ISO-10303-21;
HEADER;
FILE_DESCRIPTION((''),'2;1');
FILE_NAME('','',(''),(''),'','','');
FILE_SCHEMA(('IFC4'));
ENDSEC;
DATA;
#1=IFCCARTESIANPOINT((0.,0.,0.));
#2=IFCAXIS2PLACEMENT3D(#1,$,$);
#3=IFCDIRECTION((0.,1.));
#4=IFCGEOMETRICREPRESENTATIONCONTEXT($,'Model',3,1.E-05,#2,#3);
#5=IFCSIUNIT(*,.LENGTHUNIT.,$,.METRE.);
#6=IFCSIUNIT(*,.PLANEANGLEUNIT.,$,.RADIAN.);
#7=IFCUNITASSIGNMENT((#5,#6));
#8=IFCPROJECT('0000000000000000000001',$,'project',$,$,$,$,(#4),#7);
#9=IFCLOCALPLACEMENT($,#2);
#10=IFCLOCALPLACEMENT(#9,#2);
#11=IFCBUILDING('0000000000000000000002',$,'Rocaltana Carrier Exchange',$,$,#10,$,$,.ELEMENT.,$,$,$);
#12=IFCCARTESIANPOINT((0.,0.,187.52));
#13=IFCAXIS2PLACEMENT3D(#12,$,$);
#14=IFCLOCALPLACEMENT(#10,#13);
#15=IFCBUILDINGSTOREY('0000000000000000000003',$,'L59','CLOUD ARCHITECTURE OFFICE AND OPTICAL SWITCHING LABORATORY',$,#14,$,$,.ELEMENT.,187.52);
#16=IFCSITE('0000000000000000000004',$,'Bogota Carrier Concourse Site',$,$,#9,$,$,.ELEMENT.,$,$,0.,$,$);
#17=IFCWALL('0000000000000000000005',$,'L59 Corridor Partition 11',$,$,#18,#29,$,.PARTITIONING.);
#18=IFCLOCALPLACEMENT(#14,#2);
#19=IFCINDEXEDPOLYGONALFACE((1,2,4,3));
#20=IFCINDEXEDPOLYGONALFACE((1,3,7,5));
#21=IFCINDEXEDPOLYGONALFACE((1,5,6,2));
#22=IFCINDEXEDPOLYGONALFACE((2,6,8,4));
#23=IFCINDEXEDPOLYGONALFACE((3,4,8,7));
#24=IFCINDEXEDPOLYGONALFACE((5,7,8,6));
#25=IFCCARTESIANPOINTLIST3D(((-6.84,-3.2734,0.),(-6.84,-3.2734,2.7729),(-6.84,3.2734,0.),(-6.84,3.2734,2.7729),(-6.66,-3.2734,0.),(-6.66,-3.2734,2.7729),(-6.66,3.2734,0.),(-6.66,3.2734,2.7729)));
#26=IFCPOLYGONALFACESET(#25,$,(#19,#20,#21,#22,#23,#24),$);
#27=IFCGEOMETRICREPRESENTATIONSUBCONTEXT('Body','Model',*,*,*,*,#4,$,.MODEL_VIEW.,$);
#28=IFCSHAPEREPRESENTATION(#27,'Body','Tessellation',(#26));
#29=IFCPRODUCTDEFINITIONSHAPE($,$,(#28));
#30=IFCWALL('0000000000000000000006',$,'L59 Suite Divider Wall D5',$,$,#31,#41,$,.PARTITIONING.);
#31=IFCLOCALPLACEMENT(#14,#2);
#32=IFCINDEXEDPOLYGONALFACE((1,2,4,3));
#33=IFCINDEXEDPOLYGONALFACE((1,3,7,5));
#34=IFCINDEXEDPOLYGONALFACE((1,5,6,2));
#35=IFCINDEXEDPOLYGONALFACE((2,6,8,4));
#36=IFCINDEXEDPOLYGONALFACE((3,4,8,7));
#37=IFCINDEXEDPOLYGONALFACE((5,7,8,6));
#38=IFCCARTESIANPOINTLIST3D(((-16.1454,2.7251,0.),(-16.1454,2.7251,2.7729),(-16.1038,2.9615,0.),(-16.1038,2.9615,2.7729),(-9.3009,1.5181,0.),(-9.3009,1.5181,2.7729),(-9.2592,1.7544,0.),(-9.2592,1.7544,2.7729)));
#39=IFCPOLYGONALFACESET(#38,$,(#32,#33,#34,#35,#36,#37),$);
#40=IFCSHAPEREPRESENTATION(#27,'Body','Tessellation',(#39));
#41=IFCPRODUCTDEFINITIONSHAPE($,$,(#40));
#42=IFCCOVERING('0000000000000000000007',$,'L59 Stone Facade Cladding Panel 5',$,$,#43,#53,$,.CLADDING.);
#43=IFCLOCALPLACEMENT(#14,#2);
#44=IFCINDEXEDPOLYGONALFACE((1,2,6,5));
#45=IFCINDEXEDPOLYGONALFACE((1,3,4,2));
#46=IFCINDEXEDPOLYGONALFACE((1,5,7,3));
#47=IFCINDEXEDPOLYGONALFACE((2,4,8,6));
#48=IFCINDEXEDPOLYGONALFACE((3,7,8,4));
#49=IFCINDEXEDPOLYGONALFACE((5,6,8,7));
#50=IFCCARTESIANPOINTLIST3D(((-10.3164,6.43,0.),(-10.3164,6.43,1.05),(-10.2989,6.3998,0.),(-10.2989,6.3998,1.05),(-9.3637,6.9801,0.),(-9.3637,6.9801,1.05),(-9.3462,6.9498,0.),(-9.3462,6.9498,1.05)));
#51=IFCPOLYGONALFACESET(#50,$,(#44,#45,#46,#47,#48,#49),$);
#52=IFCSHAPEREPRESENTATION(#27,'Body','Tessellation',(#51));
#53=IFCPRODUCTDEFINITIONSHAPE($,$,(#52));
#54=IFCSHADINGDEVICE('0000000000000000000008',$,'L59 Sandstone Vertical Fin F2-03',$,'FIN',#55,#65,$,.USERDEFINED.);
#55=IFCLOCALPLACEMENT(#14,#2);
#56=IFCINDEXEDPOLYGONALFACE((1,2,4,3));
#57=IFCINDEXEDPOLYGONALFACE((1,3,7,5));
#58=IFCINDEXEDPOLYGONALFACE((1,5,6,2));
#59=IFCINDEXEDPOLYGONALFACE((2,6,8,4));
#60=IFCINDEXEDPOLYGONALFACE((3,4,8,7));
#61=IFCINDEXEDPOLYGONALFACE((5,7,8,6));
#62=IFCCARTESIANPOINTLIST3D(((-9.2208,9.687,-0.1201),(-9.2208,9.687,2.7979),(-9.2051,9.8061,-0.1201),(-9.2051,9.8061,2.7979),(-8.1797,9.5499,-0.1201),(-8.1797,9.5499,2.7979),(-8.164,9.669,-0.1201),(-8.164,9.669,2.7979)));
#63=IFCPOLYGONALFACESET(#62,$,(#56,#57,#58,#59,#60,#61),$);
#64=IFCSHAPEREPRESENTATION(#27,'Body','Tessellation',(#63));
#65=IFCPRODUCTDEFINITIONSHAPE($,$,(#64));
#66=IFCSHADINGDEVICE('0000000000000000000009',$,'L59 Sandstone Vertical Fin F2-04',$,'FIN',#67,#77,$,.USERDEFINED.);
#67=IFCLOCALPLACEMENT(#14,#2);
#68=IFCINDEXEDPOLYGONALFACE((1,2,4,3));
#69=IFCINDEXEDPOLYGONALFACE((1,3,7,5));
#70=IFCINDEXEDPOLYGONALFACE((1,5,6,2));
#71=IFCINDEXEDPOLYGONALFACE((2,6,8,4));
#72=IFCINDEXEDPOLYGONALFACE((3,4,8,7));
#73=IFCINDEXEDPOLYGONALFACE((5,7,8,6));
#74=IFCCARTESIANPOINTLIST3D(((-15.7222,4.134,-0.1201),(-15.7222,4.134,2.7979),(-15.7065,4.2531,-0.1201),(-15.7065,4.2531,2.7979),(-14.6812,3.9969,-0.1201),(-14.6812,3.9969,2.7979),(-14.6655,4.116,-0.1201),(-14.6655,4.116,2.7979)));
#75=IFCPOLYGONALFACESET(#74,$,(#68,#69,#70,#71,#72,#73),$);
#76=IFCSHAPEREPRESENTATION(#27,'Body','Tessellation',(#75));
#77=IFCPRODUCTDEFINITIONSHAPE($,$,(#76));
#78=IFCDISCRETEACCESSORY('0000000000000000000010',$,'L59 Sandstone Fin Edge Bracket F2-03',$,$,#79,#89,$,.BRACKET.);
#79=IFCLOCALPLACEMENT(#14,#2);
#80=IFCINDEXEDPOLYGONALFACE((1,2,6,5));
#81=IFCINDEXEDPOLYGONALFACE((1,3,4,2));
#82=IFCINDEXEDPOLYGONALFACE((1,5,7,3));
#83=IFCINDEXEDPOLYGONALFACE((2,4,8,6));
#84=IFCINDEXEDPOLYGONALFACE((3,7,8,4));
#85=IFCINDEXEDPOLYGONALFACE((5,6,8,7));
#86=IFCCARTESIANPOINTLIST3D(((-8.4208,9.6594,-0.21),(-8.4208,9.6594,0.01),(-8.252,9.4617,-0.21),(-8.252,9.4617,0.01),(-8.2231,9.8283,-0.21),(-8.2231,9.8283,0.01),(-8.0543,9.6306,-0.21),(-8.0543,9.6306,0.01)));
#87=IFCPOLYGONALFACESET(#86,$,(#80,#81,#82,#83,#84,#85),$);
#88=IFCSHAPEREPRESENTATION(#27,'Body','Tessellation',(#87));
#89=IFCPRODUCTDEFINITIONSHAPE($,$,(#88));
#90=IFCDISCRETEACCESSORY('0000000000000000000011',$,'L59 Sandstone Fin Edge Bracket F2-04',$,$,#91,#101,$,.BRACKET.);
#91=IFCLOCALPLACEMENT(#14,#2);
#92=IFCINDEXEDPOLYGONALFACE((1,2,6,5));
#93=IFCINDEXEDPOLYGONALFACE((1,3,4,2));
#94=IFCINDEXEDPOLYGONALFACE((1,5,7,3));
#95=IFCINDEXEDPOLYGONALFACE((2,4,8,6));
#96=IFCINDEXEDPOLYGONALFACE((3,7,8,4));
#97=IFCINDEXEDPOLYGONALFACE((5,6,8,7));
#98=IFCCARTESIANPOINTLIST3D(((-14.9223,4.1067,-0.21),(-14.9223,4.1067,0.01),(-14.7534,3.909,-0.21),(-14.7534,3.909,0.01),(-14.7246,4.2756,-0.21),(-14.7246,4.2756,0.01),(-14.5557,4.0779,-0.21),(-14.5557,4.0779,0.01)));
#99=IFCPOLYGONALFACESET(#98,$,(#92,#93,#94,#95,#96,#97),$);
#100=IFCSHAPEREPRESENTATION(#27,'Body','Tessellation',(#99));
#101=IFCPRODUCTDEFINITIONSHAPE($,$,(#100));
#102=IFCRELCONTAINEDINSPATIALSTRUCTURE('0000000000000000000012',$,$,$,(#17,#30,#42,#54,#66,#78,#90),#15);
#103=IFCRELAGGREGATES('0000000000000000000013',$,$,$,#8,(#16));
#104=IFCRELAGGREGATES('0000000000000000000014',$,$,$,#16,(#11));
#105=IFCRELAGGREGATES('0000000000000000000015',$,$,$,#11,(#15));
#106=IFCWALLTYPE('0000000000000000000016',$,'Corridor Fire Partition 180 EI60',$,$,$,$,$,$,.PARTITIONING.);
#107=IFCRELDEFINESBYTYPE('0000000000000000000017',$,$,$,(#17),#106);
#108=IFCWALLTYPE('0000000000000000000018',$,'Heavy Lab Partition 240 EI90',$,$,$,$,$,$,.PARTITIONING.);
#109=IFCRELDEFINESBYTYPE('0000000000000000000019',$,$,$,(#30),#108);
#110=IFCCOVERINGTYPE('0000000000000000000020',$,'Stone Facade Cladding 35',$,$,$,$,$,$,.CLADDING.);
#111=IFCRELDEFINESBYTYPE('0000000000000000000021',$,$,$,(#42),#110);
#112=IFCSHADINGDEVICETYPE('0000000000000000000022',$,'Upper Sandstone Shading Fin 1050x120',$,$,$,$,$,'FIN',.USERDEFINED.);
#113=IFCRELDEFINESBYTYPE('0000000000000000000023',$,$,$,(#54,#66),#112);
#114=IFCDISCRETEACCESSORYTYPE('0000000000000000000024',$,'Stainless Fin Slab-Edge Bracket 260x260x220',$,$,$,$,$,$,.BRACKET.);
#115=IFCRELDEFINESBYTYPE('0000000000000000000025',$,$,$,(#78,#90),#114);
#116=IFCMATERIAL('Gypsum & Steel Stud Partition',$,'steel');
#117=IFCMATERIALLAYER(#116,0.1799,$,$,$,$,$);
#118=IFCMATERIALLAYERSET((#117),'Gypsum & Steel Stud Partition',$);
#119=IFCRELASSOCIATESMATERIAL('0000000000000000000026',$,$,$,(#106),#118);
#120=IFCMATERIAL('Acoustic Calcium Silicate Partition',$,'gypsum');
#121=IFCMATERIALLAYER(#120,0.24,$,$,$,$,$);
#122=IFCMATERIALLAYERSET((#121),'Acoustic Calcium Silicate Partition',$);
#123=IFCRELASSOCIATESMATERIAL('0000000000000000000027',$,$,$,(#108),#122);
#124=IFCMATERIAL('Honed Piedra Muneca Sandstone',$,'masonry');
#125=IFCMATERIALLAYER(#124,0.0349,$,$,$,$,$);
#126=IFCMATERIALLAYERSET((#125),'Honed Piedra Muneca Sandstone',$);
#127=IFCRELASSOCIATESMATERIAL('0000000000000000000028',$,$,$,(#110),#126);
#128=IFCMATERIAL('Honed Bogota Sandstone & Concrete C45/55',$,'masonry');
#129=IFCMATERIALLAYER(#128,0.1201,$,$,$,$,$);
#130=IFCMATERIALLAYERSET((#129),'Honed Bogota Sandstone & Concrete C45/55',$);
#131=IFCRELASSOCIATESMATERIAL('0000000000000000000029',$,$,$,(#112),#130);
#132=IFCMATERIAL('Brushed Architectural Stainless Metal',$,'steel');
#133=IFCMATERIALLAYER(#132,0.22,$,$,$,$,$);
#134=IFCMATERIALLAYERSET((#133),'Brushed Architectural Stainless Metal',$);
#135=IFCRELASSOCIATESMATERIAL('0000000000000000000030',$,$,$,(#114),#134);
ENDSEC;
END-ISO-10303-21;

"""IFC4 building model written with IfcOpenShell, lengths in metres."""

from ifc_helpers import new_model, si_unit, direction, frame, frame_2d, origin, origin_2d, place, context, subcontext, project, spatial, rectangle, extrude, material, layer, layer_set, type_object, element, save


model = new_model("IFC4")

# Units and contexts
model_context = context("Model", 3, precision=1e-05, world=origin(), true_north=direction((0.0, 1.0)))
body_context = subcontext(model_context, "Body", "Model", "MODEL_VIEW")
ifc_project = project(units=[si_unit("LENGTHUNIT", "METRE"), si_unit("PLANEANGLEUNIT", "RADIAN")], contexts=[model_context])

# Site, building, storey
site_placement = place(None, origin())
site = spatial("IfcSite", under=ifc_project, at=site_placement, Name="Bogota Carrier Concourse Site", CompositionType="ELEMENT", RefElevation=0.0)
building_placement = place(site_placement, origin())
building = spatial("IfcBuilding", under=site, at=building_placement, Name="Rocaltana Carrier Exchange", CompositionType="ELEMENT")
storey_placement = place(building_placement, frame((0.0, 0.0, 187.52)))
storey = spatial("IfcBuildingStorey", under=building, at=storey_placement, Name="L59", Description="CLOUD ARCHITECTURE OFFICE AND OPTICAL SWITCHING LABORATORY", CompositionType="ELEMENT", Elevation=187.52)

# Shared definitions
ifc_material_1 = material(Name="Gypsum & Steel Stud Partition", Category="steel")
ifc_layer_1 = layer(ifc_material_1, 0.1799)
ifc_layer_set_1 = layer_set([ifc_layer_1], Name="Gypsum & Steel Stud Partition")
wall_type_1 = type_object("IfcWallType", Name="Corridor Fire Partition 180 EI60", PredefinedType="PARTITIONING", material=ifc_layer_set_1)

# Walls
wall_1_placement = place(storey_placement, frame((-6.75, 3.2734, 0.0), z_axis=(0.0, 0.0, 1.0), x_axis=(0.0, -1.0, 0.0)))
element("IfcWall", 1, at=wall_1_placement, inside=storey, type_object=wall_type_1, Name="L59 Corridor Partition 11", PredefinedType="PARTITIONING", context=body_context, shape_type="SweptSolid", body=[
    extrude(rectangle(XDim=6.5469, YDim=0.1799, at=frame_2d((3.2734, 0.0))), origin(), (0.0, 0.0, 1.0), 2.7729),
])
ifc_material_2 = material(Name="Acoustic Calcium Silicate Partition", Category="gypsum")
ifc_layer_2 = layer(ifc_material_2, 0.24)
ifc_layer_set_2 = layer_set([ifc_layer_2], Name="Acoustic Calcium Silicate Partition")
wall_type_2 = type_object("IfcWallType", Name="Heavy Lab Partition 240 EI90", PredefinedType="PARTITIONING", material=ifc_layer_set_2)
wall_2_placement = place(storey_placement, frame((-9.28, 1.6362, 0.0), z_axis=(0.0, 0.0, 1.0), x_axis=(-0.984804, 0.173671, 0.0)))
element("IfcWall", 2, at=wall_2_placement, inside=storey, type_object=wall_type_2, Name="L59 Suite Divider Wall D5", PredefinedType="PARTITIONING", context=body_context, shape_type="SweptSolid", body=[
    extrude(rectangle(XDim=6.9502, YDim=0.24, at=frame_2d((3.4751, 0.0))), origin(), (0.0, 0.0, 1.0), 2.7729),
])

# Covering
ifc_material_3 = material(Name="Honed Piedra Muneca Sandstone", Category="masonry")
ifc_layer_3 = layer(ifc_material_3, 0.0349)
ifc_layer_set_3 = layer_set([ifc_layer_3], Name="Honed Piedra Muneca Sandstone")
covering_type = type_object("IfcCoveringType", Name="Stone Facade Cladding 35", PredefinedType="CLADDING", material=ifc_layer_set_3)
covering_placement = place(storey_placement, frame((-9.8313, 6.6899, 0.0), z_axis=(0.0, 0.0, 1.0), x_axis=(0.866025, 0.5, 0.0)))
element("IfcCovering", 3, at=covering_placement, inside=storey, type_object=covering_type, Name="L59 Stone Facade Cladding Panel 5", PredefinedType="CLADDING", context=body_context, shape_type="SweptSolid", body=[
    extrude(rectangle(XDim=1.1001, YDim=0.0349, at=origin_2d()), origin(), (0.0, 0.0, 1.0), 1.05),
])

# Shading devices
ifc_material_4 = material(Name="Honed Bogota Sandstone & Concrete C45/55", Category="masonry")
ifc_layer_4 = layer(ifc_material_4, 0.1201)
ifc_layer_set_4 = layer_set([ifc_layer_4], Name="Honed Bogota Sandstone & Concrete C45/55")
shading_device_type = type_object("IfcShadingDeviceType", Name="Upper Sandstone Shading Fin 1050x120", ElementType="FIN", PredefinedType="USERDEFINED", material=ifc_layer_set_4)
for number, where, z_axis, x_axis, name in (
    (4, (-8.6924, 9.678, -0.1201), (0.0, 0.0, 1.0), (-0.991445, 0.130526, 0.0), "L59 Sandstone Vertical Fin F2-03"),
    (5, (-15.1938, 4.125, -0.1201), (0.0, 0.0, 1.0), (-0.991445, 0.130526, 0.0), "L59 Sandstone Vertical Fin F2-04"),
):
    element("IfcShadingDevice", number, at=place(storey_placement, frame(where, z_axis=z_axis, x_axis=x_axis)), inside=storey, type_object=shading_device_type, Name=name, ObjectType="FIN", PredefinedType="USERDEFINED", context=body_context, shape_type="SweptSolid", body=[
        extrude(rectangle(XDim=1.05, YDim=0.1201, at=origin_2d()), origin(), (0.0, 0.0, 1.0), 2.918),
    ])

# Discrete accessories
ifc_material_5 = material(Name="Brushed Architectural Stainless Metal", Category="steel")
ifc_layer_5 = layer(ifc_material_5, 0.22)
ifc_layer_set_5 = layer_set([ifc_layer_5], Name="Brushed Architectural Stainless Metal")
discrete_accessory_type = type_object("IfcDiscreteAccessoryType", Name="Stainless Fin Slab-Edge Bracket 260x260x220", PredefinedType="BRACKET", material=ifc_layer_set_5)
for number, where, z_axis, x_axis, name in (
    (6, (-8.2375, 9.645, -0.21), (0.0, 0.0, 1.0), (-0.760406, -0.649448, 0.0), "L59 Sandstone Fin Edge Bracket F2-03"),
    (7, (-14.739, 4.0923, -0.21), (0.0, 0.0, 1.0), (-0.760406, -0.649448, 0.0), "L59 Sandstone Fin Edge Bracket F2-04"),
):
    element("IfcDiscreteAccessory", number, at=place(storey_placement, frame(where, z_axis=z_axis, x_axis=x_axis)), inside=storey, type_object=discrete_accessory_type, Name=name, PredefinedType="BRACKET", context=body_context, shape_type="SweptSolid", body=[
        extrude(rectangle(XDim=0.26, YDim=0.26, at=origin_2d()), origin(), (0.0, 0.0, 1.0), 0.22),
    ])

save(model, "model.ifc")
